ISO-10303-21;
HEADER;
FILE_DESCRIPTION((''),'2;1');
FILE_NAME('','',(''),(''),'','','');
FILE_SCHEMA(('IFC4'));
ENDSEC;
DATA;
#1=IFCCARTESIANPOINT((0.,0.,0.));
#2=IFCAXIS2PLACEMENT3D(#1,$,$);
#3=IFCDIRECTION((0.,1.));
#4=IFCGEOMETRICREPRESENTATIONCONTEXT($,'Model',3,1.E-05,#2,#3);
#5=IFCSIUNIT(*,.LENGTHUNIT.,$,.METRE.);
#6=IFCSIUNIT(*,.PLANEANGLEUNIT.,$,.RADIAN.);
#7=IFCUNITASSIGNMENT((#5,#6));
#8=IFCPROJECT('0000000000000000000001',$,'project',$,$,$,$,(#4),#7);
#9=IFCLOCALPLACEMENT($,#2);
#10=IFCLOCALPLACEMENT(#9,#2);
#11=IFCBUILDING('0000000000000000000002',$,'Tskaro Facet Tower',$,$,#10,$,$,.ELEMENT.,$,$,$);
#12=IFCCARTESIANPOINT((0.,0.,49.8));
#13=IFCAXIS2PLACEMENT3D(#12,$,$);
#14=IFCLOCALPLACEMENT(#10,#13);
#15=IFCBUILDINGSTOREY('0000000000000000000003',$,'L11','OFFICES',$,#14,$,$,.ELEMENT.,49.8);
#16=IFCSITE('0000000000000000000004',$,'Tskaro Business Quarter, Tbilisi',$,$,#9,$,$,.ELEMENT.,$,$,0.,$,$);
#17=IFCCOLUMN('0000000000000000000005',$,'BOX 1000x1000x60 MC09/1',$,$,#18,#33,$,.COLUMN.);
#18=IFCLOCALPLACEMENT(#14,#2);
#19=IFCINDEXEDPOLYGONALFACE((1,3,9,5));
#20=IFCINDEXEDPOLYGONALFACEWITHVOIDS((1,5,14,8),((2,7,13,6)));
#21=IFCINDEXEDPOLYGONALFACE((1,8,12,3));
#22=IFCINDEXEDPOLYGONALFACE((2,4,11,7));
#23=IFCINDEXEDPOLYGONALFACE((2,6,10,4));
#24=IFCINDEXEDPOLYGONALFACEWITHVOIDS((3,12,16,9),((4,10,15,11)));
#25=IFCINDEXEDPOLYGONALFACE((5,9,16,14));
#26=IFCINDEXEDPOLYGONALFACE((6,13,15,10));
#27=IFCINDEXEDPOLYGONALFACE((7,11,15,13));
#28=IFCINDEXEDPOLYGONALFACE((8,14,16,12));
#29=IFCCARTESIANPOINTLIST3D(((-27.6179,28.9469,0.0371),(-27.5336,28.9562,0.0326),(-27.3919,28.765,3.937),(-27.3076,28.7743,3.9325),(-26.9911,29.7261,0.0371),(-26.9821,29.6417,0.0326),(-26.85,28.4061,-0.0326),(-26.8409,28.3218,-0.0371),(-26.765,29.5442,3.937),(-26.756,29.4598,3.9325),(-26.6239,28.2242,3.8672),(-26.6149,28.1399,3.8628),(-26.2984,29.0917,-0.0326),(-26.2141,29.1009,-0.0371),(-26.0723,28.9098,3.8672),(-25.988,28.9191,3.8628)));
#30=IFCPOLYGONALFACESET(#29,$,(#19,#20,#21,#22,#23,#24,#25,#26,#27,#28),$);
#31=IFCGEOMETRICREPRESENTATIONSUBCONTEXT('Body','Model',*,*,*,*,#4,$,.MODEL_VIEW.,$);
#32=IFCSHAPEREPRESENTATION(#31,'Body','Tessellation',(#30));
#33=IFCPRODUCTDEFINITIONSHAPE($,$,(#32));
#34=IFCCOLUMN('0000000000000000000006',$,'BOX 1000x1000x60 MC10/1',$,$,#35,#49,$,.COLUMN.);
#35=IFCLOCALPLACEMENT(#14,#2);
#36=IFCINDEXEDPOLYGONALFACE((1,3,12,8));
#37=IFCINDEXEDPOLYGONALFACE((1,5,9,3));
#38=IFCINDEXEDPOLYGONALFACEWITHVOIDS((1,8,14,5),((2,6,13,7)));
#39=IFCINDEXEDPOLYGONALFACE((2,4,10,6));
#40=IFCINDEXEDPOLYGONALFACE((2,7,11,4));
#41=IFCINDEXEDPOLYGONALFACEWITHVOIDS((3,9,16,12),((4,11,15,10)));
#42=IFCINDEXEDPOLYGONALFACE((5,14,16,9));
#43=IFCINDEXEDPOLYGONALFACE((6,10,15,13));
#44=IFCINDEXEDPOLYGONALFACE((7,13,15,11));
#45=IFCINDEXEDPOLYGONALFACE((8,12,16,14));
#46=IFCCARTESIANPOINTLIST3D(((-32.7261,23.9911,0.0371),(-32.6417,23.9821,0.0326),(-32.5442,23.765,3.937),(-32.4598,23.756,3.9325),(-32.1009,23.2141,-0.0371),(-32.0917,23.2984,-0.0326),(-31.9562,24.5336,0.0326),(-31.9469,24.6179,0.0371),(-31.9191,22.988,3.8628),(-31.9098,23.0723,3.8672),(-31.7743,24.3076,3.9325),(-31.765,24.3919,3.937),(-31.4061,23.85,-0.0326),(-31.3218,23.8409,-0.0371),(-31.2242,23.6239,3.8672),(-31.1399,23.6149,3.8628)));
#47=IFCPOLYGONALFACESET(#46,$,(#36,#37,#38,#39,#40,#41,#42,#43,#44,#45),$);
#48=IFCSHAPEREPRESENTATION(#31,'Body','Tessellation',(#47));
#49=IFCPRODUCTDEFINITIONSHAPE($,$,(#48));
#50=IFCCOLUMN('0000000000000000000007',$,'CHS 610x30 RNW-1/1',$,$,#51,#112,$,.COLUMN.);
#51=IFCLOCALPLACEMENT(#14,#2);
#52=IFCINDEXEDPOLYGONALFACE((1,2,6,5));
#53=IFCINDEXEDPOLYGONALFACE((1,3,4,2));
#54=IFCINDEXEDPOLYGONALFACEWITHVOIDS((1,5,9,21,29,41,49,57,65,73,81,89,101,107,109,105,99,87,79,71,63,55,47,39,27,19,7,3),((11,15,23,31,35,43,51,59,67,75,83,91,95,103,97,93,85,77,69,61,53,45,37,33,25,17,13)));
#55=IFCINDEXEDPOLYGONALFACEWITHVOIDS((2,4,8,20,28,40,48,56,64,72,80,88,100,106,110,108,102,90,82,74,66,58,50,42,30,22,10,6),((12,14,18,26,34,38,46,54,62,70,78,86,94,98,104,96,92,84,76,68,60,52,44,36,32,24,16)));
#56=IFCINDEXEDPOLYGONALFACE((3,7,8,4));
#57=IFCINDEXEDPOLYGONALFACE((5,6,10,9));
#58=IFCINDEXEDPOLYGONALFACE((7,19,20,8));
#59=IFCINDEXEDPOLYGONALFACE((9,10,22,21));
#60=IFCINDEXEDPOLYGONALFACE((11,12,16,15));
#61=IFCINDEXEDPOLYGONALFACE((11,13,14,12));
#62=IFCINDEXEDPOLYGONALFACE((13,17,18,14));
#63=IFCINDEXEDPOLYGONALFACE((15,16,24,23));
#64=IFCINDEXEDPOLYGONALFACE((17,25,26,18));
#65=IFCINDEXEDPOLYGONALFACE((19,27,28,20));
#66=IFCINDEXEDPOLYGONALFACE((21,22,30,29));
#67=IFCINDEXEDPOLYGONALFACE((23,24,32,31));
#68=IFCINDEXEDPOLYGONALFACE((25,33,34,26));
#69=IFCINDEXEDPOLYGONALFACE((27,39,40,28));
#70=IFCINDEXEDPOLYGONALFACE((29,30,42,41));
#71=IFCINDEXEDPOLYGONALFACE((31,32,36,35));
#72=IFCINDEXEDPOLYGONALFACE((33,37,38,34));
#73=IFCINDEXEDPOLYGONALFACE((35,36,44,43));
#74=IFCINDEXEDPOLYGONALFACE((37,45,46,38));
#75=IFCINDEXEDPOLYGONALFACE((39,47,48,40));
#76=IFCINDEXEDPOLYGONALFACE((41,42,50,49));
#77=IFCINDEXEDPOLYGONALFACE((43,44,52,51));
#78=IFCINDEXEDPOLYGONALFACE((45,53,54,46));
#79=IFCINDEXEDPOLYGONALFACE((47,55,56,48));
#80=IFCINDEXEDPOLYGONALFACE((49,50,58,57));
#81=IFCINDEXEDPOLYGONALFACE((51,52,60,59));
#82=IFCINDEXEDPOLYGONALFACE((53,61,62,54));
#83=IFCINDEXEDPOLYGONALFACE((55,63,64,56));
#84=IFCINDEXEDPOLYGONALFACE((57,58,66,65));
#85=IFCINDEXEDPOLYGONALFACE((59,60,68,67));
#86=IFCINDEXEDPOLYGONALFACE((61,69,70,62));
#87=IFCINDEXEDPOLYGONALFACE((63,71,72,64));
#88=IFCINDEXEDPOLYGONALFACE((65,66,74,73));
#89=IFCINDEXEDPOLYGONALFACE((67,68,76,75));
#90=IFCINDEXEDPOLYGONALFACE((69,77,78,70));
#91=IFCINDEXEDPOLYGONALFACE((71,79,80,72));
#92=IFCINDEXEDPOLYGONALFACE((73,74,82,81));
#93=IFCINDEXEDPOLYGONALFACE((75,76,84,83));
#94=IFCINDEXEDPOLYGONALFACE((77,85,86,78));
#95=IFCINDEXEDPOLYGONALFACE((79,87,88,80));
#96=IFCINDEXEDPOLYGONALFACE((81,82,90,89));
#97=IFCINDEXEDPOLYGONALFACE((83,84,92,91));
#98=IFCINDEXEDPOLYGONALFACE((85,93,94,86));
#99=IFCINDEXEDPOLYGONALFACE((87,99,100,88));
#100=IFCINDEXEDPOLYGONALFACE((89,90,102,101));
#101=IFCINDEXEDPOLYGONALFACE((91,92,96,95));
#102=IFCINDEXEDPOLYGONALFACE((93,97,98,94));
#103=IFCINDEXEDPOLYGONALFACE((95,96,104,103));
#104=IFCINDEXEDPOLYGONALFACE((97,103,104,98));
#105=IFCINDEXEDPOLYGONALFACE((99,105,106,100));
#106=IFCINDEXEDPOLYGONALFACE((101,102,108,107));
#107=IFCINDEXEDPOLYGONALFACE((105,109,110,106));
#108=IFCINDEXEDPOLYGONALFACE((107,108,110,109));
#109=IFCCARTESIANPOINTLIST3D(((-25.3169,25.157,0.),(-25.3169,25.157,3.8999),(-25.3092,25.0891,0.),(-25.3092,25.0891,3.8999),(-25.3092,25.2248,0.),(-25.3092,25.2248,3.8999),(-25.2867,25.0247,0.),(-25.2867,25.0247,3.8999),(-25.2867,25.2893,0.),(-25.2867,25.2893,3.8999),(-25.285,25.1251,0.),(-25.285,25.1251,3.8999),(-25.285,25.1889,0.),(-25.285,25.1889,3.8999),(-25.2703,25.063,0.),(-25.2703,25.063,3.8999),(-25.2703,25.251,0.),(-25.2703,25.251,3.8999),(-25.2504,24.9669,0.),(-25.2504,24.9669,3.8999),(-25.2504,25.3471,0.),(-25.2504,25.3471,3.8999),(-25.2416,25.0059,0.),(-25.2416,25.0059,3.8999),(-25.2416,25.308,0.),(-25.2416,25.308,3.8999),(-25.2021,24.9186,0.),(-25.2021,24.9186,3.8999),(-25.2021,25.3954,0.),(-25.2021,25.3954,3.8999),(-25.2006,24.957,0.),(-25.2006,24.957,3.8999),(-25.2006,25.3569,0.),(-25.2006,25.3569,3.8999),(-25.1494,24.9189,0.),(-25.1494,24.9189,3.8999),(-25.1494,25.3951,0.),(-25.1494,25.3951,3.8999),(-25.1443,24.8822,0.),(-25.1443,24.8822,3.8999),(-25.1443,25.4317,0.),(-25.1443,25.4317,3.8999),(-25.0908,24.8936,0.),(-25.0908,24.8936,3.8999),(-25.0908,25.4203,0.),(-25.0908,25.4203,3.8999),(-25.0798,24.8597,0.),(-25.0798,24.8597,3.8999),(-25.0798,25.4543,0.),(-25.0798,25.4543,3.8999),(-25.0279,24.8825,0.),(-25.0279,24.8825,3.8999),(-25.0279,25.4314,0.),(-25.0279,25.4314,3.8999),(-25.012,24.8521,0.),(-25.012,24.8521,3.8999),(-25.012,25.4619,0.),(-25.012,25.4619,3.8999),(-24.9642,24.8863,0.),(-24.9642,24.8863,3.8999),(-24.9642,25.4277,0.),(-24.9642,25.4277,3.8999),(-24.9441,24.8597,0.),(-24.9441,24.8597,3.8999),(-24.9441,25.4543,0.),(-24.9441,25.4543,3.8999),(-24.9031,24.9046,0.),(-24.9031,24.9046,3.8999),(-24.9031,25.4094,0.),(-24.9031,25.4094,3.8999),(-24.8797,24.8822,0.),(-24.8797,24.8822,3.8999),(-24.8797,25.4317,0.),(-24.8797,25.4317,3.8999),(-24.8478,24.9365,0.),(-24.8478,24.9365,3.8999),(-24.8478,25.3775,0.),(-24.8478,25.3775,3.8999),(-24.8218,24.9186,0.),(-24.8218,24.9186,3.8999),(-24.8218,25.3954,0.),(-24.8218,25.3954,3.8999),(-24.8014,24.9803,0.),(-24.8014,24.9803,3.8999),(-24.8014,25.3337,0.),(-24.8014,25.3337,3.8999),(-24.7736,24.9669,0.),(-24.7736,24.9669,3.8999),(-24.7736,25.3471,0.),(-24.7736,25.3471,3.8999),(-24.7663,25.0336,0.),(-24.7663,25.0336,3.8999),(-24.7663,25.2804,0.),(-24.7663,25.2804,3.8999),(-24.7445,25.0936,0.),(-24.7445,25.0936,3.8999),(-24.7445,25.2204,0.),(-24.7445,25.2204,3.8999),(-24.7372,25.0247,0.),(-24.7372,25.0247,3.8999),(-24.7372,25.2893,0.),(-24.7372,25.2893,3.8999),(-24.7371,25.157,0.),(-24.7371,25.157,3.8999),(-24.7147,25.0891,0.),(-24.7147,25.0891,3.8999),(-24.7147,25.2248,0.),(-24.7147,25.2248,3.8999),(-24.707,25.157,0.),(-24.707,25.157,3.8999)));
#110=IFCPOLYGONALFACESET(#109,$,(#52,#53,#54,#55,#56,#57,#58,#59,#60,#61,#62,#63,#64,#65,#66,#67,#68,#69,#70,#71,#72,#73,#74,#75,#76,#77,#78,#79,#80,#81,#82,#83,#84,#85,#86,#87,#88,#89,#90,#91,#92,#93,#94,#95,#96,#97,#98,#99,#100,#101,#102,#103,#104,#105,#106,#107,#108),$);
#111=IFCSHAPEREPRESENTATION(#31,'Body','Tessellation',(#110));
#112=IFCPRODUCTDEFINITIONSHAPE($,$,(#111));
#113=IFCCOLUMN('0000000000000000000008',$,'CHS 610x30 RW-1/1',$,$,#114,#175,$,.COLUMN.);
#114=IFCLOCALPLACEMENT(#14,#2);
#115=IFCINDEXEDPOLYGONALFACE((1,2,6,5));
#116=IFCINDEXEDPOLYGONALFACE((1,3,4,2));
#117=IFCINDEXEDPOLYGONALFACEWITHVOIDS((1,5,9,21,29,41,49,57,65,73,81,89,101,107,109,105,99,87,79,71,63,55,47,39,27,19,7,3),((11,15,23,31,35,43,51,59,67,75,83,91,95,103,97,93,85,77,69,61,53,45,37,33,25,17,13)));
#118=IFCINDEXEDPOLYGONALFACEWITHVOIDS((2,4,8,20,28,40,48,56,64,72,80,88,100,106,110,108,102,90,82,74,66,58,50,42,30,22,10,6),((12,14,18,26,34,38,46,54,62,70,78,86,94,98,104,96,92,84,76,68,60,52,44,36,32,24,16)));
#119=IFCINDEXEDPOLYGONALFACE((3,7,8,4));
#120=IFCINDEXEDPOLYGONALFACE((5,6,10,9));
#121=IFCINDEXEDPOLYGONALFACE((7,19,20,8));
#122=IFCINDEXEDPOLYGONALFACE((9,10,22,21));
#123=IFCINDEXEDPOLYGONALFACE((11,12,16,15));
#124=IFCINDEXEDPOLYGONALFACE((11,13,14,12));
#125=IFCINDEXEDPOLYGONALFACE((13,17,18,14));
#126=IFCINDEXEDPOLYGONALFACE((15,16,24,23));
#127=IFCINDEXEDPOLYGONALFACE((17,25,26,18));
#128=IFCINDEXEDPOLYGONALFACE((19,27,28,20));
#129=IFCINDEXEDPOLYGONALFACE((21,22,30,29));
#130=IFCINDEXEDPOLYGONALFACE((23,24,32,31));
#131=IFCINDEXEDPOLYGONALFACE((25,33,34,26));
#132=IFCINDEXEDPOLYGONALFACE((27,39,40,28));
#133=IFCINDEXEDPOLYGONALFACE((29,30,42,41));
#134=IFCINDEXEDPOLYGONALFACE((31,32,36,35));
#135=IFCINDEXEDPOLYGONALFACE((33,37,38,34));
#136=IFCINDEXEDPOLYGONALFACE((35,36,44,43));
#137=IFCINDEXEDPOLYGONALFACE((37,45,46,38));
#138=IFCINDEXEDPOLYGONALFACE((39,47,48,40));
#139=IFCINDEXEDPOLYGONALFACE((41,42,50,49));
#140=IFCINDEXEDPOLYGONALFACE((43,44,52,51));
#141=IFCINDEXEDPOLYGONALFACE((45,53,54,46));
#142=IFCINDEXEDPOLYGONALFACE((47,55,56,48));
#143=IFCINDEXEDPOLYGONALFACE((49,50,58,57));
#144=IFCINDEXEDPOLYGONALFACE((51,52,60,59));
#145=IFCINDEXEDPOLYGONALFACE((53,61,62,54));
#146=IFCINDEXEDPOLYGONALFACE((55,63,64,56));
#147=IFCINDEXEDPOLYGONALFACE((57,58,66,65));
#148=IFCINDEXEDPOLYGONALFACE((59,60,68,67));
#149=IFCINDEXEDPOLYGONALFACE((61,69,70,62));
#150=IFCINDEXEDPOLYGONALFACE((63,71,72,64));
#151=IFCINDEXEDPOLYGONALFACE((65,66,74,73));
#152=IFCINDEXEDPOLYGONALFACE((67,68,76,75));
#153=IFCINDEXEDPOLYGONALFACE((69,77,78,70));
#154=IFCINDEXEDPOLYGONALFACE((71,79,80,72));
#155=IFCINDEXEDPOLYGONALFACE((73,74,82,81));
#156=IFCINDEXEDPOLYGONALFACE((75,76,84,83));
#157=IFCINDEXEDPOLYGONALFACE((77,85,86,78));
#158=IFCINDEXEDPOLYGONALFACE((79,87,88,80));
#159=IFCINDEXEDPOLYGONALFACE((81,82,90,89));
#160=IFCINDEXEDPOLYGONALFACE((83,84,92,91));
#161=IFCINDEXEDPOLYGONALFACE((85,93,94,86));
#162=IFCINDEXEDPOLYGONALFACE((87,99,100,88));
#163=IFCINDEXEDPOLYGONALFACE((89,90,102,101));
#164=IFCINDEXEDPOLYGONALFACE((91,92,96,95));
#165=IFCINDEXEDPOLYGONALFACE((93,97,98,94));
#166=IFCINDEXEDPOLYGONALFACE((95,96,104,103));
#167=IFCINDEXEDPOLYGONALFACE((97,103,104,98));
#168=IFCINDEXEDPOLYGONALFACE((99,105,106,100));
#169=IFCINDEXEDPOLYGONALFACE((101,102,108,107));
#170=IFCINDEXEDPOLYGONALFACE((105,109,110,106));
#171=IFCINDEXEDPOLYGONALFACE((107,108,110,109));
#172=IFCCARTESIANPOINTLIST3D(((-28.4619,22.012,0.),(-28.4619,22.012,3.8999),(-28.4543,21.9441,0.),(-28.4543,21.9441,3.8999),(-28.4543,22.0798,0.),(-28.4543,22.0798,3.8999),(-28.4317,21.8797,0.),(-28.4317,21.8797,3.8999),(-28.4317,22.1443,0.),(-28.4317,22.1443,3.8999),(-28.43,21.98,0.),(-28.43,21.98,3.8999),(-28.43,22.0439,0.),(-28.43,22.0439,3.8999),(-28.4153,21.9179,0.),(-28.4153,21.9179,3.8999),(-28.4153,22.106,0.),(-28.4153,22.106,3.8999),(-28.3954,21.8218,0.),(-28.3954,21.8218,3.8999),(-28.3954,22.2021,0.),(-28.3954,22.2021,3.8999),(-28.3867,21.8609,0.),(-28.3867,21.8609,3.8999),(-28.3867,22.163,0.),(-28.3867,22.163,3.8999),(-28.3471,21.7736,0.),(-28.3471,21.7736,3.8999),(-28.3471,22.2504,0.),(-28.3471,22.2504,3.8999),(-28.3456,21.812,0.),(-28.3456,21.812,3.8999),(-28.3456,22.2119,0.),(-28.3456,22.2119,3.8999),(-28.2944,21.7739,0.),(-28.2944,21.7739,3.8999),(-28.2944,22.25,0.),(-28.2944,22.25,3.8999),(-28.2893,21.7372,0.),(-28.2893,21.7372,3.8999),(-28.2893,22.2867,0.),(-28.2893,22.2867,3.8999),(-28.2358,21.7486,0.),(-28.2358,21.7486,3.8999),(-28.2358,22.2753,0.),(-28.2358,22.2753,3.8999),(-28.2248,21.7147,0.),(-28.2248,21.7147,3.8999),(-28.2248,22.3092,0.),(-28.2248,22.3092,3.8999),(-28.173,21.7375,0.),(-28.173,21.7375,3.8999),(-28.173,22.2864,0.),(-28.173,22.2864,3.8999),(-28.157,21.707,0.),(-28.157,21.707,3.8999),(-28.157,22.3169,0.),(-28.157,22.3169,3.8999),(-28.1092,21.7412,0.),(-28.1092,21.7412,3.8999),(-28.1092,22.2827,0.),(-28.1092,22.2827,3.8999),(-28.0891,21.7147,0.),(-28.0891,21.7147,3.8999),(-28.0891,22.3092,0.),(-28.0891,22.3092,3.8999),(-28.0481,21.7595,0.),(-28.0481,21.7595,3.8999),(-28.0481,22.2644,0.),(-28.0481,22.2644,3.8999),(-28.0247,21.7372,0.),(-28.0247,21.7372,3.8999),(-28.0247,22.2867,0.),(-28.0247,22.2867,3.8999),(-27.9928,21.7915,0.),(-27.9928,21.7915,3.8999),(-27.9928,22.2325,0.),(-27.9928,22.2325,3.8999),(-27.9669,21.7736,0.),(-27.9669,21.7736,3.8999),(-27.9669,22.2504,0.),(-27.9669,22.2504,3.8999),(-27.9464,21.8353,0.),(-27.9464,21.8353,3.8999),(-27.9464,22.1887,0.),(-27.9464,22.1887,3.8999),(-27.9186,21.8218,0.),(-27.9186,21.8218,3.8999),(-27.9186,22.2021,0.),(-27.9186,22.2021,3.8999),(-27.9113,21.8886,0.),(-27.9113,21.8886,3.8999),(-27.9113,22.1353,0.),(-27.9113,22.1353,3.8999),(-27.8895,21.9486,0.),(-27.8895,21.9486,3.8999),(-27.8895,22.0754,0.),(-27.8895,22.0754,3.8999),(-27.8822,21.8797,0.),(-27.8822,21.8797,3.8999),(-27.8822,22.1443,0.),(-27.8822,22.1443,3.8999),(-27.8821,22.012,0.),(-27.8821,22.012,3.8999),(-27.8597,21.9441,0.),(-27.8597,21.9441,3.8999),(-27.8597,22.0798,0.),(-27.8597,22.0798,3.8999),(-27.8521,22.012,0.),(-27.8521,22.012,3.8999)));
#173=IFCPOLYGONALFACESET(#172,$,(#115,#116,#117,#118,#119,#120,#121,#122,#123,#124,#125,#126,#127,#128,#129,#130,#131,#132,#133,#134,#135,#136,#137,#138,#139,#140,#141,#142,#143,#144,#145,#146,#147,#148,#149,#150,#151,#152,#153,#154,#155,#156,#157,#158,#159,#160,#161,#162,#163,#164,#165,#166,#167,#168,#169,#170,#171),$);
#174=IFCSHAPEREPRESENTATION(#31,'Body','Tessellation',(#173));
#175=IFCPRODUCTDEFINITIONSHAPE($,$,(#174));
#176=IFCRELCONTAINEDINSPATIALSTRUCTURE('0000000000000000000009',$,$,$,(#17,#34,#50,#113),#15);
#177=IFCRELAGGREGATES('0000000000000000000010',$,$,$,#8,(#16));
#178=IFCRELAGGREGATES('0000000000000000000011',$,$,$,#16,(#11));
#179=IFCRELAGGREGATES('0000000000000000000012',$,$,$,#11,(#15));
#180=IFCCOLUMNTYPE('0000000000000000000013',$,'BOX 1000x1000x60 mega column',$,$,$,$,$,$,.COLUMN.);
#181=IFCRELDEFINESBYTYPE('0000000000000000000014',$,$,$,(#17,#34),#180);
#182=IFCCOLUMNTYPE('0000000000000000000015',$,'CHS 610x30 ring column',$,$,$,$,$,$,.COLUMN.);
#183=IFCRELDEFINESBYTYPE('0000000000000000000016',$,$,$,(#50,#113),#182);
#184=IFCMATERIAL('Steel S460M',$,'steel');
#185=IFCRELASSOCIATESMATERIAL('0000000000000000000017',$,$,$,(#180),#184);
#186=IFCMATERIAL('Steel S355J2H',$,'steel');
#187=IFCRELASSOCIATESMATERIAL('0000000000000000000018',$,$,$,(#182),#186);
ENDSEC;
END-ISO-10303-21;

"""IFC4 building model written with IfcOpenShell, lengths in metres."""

from ifc_helpers import new_model, si_unit, direction, frame, origin, origin_2d, place, context, subcontext, project, spatial, hollow_rectangle, hollow_circle, extrude, material, material_profile, profile_set, type_object, element, save


model = new_model("IFC4")

# Units and contexts
model_context = context("Model", 3, precision=1e-05, world=origin(), true_north=direction((0.0, 1.0)))
body_context = subcontext(model_context, "Body", "Model", "MODEL_VIEW")
ifc_project = project(units=[si_unit("LENGTHUNIT", "METRE"), si_unit("PLANEANGLEUNIT", "RADIAN")], contexts=[model_context])

# Site, building, storey
site_placement = place(None, origin())
site = spatial("IfcSite", under=ifc_project, at=site_placement, Name="Tskaro Business Quarter, Tbilisi", CompositionType="ELEMENT", RefElevation=0.0)
building_placement = place(site_placement, origin())
building = spatial("IfcBuilding", under=site, at=building_placement, Name="Tskaro Facet Tower", CompositionType="ELEMENT")
storey_placement = place(building_placement, frame((0.0, 0.0, 49.8)))
storey = spatial("IfcBuildingStorey", under=building, at=storey_placement, Name="L11", Description="OFFICES", CompositionType="ELEMENT", Elevation=49.8)

# Columns
ifc_material_1 = material(Name="Steel S460M", Category="steel")
ifc_material_profile_1 = material_profile(ifc_material_1, hollow_rectangle(XDim=1.0, YDim=1.0, WallThickness=0.0601, at=origin_2d()), Name="BOX 1000x1000x60")
ifc_profile_set_1 = profile_set([ifc_material_profile_1], Name="Steel S460M")
column_type_1 = type_object("IfcColumnType", Name="BOX 1000x1000x60 mega column", PredefinedType="COLUMN", material=ifc_profile_set_1)
for number, where, z_axis, x_axis, name in (
    (1, (-26.916, 29.0239, 0.0), (0.057809, -0.04651, 0.997244), (0.626847, 0.779142, 0.0), "BOX 1000x1000x60 MC09/1"),
    (2, (-32.0239, 23.916, 0.0), (0.04651, -0.057809, 0.997244), (0.779142, 0.626847, 0.0), "BOX 1000x1000x60 MC10/1"),
):
    element("IfcColumn", number, at=place(storey_placement, frame(where, z_axis=z_axis, x_axis=x_axis)), inside=storey, type_object=column_type_1, Name=name, PredefinedType="COLUMN", context=body_context, shape_type="SweptSolid", body=[
        extrude(hollow_rectangle(XDim=1.0, YDim=1.0, WallThickness=0.0601, at=origin_2d()), origin(), (0.0, 0.0, 1.0), 3.9106),
    ])
ifc_material_2 = material(Name="Steel S355J2H", Category="steel")
ifc_material_profile_2 = material_profile(ifc_material_2, hollow_circle(Radius=0.3049, WallThickness=0.03, at=origin_2d()), Name="CHS 610x30")
ifc_profile_set_2 = profile_set([ifc_material_profile_2], Name="Steel S355J2H")
column_type_2 = type_object("IfcColumnType", Name="CHS 610x30 ring column", PredefinedType="COLUMN", material=ifc_profile_set_2)
for number, where, z_axis, x_axis, name in (
    (3, (-25.012, 25.157, 0.0), (0.0, 0.0, 1.0), (1.0, 0.0, 0.0), "CHS 610x30 RNW-1/1"),
    (4, (-28.157, 22.012, 0.0), (0.0, 0.0, 1.0), (1.0, 0.0, 0.0), "CHS 610x30 RW-1/1"),
):
    element("IfcColumn", number, at=place(storey_placement, frame(where, z_axis=z_axis, x_axis=x_axis)), inside=storey, type_object=column_type_2, Name=name, PredefinedType="COLUMN", context=body_context, shape_type="SweptSolid", body=[
        extrude(hollow_circle(Radius=0.3049, WallThickness=0.03, at=origin_2d()), origin(), (0.0, 0.0, 1.0), 3.8999),
    ])

save(model, "model.ifc")
